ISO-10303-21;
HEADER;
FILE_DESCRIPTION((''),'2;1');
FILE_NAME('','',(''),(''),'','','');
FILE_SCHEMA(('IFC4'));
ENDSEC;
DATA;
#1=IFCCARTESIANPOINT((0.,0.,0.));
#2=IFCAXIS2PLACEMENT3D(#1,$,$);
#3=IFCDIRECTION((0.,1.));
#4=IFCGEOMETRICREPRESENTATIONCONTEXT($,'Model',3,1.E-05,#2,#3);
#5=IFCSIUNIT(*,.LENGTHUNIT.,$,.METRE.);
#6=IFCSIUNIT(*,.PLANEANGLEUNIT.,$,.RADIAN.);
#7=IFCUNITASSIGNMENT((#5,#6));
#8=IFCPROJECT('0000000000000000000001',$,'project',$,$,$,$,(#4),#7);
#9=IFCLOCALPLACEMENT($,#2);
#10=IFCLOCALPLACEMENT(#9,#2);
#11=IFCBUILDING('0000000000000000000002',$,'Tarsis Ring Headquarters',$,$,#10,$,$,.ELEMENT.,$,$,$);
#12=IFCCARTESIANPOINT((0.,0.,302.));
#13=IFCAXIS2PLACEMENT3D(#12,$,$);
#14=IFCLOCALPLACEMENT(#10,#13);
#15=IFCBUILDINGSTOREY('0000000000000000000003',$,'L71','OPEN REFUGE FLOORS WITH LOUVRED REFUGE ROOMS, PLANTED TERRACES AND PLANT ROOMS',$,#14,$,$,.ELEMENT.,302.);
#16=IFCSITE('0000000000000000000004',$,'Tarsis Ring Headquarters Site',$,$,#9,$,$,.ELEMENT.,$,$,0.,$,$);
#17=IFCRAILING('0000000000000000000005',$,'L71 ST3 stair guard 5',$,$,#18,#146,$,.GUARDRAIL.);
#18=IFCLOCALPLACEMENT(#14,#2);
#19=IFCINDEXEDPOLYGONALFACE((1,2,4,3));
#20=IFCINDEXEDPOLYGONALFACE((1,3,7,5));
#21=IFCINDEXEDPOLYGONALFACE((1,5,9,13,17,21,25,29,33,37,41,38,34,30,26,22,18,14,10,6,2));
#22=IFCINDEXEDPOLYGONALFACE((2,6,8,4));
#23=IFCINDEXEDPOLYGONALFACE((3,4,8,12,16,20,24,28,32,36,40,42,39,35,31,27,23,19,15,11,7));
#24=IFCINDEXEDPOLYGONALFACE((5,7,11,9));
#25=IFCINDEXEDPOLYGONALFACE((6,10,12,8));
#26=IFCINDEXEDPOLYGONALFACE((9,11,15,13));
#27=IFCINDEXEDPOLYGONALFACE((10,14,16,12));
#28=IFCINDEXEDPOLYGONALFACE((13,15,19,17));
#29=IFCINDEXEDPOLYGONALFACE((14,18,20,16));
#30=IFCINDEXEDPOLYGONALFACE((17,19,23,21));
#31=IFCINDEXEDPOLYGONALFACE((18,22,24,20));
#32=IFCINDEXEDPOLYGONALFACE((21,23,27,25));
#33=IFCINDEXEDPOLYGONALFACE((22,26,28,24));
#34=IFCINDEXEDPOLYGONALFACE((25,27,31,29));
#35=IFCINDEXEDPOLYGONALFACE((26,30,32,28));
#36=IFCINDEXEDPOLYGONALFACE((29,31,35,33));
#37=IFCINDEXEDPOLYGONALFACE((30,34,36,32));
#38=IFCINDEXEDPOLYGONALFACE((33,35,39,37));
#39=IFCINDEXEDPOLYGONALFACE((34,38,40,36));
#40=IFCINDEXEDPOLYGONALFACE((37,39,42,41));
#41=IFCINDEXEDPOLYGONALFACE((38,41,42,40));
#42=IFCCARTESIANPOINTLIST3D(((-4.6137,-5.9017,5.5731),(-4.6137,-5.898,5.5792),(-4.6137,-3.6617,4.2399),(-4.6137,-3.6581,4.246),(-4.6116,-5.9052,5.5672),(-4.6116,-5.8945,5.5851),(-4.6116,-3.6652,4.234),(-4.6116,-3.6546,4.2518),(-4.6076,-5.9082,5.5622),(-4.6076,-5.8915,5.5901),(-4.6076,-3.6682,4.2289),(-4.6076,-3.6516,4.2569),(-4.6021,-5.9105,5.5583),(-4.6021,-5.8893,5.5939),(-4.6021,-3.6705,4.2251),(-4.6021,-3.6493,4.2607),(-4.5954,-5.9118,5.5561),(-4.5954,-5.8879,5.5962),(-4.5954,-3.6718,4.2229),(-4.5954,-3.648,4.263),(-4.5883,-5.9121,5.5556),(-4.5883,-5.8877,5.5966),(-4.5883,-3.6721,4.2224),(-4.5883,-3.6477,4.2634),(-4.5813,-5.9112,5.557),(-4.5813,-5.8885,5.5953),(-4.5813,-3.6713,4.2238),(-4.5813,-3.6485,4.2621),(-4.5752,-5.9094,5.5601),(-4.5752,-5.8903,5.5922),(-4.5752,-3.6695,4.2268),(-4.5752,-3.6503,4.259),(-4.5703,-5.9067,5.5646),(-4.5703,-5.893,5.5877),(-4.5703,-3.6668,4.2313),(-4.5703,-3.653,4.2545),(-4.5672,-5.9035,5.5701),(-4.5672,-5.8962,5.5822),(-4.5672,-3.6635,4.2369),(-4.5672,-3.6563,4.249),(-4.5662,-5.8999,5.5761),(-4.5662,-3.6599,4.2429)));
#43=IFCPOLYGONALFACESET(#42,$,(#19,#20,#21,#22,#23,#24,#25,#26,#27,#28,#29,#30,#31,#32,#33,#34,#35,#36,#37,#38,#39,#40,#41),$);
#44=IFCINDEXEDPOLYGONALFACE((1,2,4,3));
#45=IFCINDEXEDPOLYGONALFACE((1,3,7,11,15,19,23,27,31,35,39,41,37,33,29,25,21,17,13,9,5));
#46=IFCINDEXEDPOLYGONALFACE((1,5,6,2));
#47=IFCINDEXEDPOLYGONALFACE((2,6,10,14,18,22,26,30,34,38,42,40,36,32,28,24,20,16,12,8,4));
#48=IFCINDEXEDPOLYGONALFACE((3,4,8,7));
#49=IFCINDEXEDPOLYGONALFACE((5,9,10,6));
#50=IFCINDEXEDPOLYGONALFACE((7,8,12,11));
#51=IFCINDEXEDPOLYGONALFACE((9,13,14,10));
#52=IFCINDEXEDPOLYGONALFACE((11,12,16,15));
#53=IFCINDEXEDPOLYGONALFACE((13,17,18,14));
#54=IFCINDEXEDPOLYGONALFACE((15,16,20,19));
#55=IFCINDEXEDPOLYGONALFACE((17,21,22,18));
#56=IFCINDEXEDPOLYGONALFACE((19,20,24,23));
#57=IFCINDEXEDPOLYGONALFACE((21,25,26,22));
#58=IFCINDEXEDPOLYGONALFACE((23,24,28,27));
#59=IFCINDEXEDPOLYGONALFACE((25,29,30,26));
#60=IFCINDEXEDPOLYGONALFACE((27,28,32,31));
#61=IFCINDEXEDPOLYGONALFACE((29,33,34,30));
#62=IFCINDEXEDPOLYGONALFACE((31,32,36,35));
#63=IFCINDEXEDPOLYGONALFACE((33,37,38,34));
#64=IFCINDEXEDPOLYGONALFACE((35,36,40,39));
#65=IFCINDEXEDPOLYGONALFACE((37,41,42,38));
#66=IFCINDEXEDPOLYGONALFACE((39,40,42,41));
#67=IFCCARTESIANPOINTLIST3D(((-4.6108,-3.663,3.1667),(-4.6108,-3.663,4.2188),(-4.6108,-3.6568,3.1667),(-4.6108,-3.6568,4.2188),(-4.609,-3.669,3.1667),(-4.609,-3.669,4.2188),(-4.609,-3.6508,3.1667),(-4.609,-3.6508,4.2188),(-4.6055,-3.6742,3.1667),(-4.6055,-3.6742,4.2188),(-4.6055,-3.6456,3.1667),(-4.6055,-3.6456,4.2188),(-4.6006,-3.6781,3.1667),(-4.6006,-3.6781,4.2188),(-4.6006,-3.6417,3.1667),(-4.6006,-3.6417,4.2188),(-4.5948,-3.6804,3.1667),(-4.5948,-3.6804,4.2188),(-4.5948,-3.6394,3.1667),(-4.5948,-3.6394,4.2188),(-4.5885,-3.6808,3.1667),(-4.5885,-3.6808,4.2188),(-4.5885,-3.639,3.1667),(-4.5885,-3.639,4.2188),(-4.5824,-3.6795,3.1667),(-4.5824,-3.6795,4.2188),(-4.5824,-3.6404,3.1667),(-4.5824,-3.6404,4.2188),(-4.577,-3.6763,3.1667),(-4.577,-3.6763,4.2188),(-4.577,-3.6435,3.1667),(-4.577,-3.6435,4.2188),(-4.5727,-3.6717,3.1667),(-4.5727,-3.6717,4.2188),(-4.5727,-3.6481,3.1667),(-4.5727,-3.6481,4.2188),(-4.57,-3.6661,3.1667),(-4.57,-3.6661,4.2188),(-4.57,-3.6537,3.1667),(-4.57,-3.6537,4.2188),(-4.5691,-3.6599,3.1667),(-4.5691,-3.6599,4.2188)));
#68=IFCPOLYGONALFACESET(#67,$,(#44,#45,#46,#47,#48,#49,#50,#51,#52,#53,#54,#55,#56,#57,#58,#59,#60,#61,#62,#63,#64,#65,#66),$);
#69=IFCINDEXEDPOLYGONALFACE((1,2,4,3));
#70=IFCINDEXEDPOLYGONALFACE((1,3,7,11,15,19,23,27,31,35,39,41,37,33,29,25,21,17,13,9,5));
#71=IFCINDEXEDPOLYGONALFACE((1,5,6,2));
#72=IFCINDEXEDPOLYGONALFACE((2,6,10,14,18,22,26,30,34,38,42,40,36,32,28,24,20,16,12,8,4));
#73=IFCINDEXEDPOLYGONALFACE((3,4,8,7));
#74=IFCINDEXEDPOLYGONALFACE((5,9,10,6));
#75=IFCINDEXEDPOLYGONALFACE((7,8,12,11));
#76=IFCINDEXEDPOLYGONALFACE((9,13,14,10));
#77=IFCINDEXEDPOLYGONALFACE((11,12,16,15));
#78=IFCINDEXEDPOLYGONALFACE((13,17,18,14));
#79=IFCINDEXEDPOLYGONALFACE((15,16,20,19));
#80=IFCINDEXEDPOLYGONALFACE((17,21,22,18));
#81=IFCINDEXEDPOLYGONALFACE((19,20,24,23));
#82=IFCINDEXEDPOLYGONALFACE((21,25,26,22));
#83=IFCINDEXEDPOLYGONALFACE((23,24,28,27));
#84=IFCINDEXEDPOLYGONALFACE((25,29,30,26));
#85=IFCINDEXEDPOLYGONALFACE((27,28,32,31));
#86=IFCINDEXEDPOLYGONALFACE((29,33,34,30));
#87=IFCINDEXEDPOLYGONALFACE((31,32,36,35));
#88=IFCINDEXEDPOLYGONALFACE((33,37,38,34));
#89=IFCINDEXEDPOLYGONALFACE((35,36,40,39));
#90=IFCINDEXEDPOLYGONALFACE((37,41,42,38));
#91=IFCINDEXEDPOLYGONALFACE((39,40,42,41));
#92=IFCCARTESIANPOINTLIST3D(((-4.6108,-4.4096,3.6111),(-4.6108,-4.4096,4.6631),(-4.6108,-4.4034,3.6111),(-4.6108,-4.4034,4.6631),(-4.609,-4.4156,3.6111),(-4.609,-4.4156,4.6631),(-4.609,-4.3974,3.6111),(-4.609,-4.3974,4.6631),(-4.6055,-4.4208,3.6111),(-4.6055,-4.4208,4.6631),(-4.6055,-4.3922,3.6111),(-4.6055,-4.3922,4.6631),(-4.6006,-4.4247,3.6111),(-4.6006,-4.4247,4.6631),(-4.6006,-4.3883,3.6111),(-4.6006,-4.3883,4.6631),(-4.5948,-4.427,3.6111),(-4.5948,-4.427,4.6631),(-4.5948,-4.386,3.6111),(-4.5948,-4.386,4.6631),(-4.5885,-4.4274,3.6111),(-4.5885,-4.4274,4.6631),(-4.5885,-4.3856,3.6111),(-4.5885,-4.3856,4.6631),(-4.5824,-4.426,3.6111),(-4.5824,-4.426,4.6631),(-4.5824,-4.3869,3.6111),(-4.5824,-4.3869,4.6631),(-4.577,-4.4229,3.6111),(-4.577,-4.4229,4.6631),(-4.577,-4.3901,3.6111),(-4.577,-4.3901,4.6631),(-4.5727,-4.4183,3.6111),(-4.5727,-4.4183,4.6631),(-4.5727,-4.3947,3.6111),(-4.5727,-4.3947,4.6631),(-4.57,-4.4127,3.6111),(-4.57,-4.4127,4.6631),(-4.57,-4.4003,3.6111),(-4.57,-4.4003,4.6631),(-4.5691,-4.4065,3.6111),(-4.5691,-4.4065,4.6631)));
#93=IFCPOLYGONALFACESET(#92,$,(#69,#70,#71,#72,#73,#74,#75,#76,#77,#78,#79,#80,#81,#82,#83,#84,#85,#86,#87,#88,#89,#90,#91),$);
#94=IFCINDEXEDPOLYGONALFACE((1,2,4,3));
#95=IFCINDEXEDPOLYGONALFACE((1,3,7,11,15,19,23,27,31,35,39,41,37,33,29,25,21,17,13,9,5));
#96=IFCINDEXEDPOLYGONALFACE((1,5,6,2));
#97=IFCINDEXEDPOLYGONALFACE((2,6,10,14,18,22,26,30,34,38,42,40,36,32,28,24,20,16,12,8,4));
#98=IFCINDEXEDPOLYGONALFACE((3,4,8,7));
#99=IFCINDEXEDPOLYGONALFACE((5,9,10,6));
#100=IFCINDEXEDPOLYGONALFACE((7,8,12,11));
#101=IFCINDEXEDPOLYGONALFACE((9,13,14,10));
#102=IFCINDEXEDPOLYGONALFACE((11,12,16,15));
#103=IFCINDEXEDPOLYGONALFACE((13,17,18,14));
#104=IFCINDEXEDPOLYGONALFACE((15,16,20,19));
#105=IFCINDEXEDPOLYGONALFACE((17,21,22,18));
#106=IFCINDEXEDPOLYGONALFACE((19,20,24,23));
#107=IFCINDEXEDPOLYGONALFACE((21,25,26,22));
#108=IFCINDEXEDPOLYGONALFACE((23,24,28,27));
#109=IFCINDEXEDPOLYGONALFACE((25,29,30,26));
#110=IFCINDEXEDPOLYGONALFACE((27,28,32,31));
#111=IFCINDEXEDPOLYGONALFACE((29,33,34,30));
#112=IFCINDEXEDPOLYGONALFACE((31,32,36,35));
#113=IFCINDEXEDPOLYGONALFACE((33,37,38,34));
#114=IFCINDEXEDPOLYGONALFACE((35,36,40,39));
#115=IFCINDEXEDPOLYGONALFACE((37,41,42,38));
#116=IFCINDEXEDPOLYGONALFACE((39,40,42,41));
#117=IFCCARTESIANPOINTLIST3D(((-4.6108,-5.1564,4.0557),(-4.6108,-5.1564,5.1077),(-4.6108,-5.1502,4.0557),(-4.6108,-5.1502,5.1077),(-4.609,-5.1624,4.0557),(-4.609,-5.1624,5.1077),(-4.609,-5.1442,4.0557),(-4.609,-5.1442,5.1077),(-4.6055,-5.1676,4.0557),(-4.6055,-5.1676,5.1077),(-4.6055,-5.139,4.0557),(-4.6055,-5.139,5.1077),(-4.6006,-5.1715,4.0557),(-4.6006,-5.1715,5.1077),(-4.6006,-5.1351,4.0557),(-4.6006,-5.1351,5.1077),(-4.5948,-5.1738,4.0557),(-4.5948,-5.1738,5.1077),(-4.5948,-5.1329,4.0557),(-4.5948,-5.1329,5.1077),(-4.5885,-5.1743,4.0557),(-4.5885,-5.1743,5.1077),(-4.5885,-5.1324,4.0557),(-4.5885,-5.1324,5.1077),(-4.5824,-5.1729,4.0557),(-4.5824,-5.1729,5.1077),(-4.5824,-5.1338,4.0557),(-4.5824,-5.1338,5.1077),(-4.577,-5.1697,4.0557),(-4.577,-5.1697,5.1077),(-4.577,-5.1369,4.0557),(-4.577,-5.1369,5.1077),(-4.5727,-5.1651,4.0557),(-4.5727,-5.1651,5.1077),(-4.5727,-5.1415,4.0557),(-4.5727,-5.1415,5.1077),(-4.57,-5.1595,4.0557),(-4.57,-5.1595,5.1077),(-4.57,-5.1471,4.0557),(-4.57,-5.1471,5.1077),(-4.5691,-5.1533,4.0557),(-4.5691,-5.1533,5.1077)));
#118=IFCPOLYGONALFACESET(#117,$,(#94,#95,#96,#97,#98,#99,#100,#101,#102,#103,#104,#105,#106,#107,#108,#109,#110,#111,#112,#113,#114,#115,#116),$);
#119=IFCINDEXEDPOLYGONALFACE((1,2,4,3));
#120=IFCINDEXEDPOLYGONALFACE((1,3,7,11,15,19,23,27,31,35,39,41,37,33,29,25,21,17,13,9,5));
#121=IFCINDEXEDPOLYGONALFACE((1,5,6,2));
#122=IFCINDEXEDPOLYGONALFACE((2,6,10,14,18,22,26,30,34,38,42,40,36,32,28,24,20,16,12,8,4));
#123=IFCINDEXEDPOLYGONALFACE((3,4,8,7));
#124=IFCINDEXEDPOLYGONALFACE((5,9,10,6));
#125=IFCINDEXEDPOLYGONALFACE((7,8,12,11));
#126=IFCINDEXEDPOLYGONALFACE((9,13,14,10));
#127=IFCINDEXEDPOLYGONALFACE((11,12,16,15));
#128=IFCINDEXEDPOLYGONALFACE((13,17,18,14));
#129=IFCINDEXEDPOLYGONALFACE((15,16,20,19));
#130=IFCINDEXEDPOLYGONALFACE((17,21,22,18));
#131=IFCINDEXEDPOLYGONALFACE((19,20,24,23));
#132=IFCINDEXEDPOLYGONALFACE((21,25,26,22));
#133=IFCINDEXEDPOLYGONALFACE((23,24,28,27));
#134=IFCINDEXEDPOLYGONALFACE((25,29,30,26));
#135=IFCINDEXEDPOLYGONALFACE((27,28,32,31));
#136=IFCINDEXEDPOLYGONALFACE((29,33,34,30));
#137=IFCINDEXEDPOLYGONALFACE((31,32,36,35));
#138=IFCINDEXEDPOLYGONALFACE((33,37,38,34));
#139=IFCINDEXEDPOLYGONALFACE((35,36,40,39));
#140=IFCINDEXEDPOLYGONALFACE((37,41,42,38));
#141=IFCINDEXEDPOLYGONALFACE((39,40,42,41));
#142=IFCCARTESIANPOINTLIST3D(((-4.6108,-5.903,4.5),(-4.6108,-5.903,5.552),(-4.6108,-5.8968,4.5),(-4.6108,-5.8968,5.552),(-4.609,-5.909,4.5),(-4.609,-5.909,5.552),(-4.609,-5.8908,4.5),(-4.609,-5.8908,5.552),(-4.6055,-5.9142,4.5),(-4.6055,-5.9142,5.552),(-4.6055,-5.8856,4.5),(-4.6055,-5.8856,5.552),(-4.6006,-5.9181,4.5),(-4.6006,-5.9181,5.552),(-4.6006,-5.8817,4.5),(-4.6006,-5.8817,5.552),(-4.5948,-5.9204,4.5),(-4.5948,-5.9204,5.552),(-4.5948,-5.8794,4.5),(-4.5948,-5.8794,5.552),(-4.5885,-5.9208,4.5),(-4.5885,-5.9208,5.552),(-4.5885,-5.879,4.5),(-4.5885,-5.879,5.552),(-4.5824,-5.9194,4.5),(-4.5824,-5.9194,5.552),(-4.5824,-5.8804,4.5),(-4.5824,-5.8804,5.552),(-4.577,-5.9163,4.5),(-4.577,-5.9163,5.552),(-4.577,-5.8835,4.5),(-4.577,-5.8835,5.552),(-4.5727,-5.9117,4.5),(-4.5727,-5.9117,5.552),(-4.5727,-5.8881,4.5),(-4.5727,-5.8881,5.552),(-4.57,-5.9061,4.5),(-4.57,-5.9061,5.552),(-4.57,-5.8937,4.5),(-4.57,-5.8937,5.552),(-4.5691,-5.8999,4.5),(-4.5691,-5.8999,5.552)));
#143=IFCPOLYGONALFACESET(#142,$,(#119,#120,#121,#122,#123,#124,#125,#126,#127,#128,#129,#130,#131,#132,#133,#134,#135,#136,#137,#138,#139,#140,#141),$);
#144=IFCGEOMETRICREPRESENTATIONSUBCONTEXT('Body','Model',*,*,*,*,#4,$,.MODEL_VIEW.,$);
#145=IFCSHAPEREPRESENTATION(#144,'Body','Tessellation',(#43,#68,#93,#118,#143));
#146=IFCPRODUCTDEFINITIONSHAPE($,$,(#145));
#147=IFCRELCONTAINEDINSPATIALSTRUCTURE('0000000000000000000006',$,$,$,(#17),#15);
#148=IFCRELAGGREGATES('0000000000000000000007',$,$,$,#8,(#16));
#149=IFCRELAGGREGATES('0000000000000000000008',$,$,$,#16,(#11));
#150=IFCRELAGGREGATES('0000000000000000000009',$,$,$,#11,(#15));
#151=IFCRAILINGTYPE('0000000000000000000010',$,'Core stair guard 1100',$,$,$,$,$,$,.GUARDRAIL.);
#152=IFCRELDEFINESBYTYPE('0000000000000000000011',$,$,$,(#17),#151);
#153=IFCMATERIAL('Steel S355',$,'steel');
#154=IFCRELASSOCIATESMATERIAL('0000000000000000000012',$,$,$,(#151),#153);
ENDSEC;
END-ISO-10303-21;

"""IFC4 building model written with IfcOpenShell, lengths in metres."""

from ifc_helpers import new_model, si_unit, direction, frame, origin, origin_2d, place, context, subcontext, project, spatial, circle, extrude, material, type_object, element, save


model = new_model("IFC4")

# Units and contexts
model_context = context("Model", 3, precision=1e-05, world=origin(), true_north=direction((0.0, 1.0)))
body_context = subcontext(model_context, "Body", "Model", "MODEL_VIEW")
ifc_project = project(units=[si_unit("LENGTHUNIT", "METRE"), si_unit("PLANEANGLEUNIT", "RADIAN")], contexts=[model_context])

# Site, building, storey
site_placement = place(None, origin())
site = spatial("IfcSite", under=ifc_project, at=site_placement, Name="Tarsis Ring Headquarters Site", CompositionType="ELEMENT", RefElevation=0.0)
building_placement = place(site_placement, origin())
building = spatial("IfcBuilding", under=site, at=building_placement, Name="Tarsis Ring Headquarters", CompositionType="ELEMENT")
storey_placement = place(building_placement, frame((0.0, 0.0, 302.0)))
storey = spatial("IfcBuildingStorey", under=building, at=storey_placement, Name="L71", Description="OPEN REFUGE FLOORS WITH LOUVRED REFUGE ROOMS, PLANTED TERRACES AND PLANT ROOMS", CompositionType="ELEMENT", Elevation=302.0)

# Railing
ifc_material_1 = material(Name="Steel S355", Category="steel")
railing_type_1 = type_object("IfcRailingType", Name="Core stair guard 1100", PredefinedType="GUARDRAIL", material=ifc_material_1)
railing_1_placement = place(storey_placement, frame((-4.5901, -3.6599, 3.1667)))
element("IfcRailing", 1, at=railing_1_placement, inside=storey, type_object=railing_type_1, Name="L71 ST3 stair guard 5", PredefinedType="GUARDRAIL", context=body_context, shape_type="SweptSolid", body=[
    extrude(circle(Radius=0.0239, at=origin_2d()), frame((0.0, 0.0, 1.0762), z_axis=(0.0, -0.859306, 0.511462), x_axis=(1.0, 0.0, 0.0)), (0.0, 0.0, 1.0), 2.6067),
    extrude(circle(Radius=0.021, at=origin_2d()), origin(), (0.0, 0.0, 1.0), 1.052),
    extrude(circle(Radius=0.021, at=origin_2d()), frame((0.0, -0.7466, 0.4443)), (0.0, 0.0, 1.0), 1.052),
    extrude(circle(Radius=0.021, at=origin_2d()), frame((0.0, -1.4934, 0.8889)), (0.0, 0.0, 1.0), 1.052),
    extrude(circle(Radius=0.021, at=origin_2d()), frame((0.0, -2.24, 1.3333)), (0.0, 0.0, 1.0), 1.052),
])

save(model, "model.ifc")
